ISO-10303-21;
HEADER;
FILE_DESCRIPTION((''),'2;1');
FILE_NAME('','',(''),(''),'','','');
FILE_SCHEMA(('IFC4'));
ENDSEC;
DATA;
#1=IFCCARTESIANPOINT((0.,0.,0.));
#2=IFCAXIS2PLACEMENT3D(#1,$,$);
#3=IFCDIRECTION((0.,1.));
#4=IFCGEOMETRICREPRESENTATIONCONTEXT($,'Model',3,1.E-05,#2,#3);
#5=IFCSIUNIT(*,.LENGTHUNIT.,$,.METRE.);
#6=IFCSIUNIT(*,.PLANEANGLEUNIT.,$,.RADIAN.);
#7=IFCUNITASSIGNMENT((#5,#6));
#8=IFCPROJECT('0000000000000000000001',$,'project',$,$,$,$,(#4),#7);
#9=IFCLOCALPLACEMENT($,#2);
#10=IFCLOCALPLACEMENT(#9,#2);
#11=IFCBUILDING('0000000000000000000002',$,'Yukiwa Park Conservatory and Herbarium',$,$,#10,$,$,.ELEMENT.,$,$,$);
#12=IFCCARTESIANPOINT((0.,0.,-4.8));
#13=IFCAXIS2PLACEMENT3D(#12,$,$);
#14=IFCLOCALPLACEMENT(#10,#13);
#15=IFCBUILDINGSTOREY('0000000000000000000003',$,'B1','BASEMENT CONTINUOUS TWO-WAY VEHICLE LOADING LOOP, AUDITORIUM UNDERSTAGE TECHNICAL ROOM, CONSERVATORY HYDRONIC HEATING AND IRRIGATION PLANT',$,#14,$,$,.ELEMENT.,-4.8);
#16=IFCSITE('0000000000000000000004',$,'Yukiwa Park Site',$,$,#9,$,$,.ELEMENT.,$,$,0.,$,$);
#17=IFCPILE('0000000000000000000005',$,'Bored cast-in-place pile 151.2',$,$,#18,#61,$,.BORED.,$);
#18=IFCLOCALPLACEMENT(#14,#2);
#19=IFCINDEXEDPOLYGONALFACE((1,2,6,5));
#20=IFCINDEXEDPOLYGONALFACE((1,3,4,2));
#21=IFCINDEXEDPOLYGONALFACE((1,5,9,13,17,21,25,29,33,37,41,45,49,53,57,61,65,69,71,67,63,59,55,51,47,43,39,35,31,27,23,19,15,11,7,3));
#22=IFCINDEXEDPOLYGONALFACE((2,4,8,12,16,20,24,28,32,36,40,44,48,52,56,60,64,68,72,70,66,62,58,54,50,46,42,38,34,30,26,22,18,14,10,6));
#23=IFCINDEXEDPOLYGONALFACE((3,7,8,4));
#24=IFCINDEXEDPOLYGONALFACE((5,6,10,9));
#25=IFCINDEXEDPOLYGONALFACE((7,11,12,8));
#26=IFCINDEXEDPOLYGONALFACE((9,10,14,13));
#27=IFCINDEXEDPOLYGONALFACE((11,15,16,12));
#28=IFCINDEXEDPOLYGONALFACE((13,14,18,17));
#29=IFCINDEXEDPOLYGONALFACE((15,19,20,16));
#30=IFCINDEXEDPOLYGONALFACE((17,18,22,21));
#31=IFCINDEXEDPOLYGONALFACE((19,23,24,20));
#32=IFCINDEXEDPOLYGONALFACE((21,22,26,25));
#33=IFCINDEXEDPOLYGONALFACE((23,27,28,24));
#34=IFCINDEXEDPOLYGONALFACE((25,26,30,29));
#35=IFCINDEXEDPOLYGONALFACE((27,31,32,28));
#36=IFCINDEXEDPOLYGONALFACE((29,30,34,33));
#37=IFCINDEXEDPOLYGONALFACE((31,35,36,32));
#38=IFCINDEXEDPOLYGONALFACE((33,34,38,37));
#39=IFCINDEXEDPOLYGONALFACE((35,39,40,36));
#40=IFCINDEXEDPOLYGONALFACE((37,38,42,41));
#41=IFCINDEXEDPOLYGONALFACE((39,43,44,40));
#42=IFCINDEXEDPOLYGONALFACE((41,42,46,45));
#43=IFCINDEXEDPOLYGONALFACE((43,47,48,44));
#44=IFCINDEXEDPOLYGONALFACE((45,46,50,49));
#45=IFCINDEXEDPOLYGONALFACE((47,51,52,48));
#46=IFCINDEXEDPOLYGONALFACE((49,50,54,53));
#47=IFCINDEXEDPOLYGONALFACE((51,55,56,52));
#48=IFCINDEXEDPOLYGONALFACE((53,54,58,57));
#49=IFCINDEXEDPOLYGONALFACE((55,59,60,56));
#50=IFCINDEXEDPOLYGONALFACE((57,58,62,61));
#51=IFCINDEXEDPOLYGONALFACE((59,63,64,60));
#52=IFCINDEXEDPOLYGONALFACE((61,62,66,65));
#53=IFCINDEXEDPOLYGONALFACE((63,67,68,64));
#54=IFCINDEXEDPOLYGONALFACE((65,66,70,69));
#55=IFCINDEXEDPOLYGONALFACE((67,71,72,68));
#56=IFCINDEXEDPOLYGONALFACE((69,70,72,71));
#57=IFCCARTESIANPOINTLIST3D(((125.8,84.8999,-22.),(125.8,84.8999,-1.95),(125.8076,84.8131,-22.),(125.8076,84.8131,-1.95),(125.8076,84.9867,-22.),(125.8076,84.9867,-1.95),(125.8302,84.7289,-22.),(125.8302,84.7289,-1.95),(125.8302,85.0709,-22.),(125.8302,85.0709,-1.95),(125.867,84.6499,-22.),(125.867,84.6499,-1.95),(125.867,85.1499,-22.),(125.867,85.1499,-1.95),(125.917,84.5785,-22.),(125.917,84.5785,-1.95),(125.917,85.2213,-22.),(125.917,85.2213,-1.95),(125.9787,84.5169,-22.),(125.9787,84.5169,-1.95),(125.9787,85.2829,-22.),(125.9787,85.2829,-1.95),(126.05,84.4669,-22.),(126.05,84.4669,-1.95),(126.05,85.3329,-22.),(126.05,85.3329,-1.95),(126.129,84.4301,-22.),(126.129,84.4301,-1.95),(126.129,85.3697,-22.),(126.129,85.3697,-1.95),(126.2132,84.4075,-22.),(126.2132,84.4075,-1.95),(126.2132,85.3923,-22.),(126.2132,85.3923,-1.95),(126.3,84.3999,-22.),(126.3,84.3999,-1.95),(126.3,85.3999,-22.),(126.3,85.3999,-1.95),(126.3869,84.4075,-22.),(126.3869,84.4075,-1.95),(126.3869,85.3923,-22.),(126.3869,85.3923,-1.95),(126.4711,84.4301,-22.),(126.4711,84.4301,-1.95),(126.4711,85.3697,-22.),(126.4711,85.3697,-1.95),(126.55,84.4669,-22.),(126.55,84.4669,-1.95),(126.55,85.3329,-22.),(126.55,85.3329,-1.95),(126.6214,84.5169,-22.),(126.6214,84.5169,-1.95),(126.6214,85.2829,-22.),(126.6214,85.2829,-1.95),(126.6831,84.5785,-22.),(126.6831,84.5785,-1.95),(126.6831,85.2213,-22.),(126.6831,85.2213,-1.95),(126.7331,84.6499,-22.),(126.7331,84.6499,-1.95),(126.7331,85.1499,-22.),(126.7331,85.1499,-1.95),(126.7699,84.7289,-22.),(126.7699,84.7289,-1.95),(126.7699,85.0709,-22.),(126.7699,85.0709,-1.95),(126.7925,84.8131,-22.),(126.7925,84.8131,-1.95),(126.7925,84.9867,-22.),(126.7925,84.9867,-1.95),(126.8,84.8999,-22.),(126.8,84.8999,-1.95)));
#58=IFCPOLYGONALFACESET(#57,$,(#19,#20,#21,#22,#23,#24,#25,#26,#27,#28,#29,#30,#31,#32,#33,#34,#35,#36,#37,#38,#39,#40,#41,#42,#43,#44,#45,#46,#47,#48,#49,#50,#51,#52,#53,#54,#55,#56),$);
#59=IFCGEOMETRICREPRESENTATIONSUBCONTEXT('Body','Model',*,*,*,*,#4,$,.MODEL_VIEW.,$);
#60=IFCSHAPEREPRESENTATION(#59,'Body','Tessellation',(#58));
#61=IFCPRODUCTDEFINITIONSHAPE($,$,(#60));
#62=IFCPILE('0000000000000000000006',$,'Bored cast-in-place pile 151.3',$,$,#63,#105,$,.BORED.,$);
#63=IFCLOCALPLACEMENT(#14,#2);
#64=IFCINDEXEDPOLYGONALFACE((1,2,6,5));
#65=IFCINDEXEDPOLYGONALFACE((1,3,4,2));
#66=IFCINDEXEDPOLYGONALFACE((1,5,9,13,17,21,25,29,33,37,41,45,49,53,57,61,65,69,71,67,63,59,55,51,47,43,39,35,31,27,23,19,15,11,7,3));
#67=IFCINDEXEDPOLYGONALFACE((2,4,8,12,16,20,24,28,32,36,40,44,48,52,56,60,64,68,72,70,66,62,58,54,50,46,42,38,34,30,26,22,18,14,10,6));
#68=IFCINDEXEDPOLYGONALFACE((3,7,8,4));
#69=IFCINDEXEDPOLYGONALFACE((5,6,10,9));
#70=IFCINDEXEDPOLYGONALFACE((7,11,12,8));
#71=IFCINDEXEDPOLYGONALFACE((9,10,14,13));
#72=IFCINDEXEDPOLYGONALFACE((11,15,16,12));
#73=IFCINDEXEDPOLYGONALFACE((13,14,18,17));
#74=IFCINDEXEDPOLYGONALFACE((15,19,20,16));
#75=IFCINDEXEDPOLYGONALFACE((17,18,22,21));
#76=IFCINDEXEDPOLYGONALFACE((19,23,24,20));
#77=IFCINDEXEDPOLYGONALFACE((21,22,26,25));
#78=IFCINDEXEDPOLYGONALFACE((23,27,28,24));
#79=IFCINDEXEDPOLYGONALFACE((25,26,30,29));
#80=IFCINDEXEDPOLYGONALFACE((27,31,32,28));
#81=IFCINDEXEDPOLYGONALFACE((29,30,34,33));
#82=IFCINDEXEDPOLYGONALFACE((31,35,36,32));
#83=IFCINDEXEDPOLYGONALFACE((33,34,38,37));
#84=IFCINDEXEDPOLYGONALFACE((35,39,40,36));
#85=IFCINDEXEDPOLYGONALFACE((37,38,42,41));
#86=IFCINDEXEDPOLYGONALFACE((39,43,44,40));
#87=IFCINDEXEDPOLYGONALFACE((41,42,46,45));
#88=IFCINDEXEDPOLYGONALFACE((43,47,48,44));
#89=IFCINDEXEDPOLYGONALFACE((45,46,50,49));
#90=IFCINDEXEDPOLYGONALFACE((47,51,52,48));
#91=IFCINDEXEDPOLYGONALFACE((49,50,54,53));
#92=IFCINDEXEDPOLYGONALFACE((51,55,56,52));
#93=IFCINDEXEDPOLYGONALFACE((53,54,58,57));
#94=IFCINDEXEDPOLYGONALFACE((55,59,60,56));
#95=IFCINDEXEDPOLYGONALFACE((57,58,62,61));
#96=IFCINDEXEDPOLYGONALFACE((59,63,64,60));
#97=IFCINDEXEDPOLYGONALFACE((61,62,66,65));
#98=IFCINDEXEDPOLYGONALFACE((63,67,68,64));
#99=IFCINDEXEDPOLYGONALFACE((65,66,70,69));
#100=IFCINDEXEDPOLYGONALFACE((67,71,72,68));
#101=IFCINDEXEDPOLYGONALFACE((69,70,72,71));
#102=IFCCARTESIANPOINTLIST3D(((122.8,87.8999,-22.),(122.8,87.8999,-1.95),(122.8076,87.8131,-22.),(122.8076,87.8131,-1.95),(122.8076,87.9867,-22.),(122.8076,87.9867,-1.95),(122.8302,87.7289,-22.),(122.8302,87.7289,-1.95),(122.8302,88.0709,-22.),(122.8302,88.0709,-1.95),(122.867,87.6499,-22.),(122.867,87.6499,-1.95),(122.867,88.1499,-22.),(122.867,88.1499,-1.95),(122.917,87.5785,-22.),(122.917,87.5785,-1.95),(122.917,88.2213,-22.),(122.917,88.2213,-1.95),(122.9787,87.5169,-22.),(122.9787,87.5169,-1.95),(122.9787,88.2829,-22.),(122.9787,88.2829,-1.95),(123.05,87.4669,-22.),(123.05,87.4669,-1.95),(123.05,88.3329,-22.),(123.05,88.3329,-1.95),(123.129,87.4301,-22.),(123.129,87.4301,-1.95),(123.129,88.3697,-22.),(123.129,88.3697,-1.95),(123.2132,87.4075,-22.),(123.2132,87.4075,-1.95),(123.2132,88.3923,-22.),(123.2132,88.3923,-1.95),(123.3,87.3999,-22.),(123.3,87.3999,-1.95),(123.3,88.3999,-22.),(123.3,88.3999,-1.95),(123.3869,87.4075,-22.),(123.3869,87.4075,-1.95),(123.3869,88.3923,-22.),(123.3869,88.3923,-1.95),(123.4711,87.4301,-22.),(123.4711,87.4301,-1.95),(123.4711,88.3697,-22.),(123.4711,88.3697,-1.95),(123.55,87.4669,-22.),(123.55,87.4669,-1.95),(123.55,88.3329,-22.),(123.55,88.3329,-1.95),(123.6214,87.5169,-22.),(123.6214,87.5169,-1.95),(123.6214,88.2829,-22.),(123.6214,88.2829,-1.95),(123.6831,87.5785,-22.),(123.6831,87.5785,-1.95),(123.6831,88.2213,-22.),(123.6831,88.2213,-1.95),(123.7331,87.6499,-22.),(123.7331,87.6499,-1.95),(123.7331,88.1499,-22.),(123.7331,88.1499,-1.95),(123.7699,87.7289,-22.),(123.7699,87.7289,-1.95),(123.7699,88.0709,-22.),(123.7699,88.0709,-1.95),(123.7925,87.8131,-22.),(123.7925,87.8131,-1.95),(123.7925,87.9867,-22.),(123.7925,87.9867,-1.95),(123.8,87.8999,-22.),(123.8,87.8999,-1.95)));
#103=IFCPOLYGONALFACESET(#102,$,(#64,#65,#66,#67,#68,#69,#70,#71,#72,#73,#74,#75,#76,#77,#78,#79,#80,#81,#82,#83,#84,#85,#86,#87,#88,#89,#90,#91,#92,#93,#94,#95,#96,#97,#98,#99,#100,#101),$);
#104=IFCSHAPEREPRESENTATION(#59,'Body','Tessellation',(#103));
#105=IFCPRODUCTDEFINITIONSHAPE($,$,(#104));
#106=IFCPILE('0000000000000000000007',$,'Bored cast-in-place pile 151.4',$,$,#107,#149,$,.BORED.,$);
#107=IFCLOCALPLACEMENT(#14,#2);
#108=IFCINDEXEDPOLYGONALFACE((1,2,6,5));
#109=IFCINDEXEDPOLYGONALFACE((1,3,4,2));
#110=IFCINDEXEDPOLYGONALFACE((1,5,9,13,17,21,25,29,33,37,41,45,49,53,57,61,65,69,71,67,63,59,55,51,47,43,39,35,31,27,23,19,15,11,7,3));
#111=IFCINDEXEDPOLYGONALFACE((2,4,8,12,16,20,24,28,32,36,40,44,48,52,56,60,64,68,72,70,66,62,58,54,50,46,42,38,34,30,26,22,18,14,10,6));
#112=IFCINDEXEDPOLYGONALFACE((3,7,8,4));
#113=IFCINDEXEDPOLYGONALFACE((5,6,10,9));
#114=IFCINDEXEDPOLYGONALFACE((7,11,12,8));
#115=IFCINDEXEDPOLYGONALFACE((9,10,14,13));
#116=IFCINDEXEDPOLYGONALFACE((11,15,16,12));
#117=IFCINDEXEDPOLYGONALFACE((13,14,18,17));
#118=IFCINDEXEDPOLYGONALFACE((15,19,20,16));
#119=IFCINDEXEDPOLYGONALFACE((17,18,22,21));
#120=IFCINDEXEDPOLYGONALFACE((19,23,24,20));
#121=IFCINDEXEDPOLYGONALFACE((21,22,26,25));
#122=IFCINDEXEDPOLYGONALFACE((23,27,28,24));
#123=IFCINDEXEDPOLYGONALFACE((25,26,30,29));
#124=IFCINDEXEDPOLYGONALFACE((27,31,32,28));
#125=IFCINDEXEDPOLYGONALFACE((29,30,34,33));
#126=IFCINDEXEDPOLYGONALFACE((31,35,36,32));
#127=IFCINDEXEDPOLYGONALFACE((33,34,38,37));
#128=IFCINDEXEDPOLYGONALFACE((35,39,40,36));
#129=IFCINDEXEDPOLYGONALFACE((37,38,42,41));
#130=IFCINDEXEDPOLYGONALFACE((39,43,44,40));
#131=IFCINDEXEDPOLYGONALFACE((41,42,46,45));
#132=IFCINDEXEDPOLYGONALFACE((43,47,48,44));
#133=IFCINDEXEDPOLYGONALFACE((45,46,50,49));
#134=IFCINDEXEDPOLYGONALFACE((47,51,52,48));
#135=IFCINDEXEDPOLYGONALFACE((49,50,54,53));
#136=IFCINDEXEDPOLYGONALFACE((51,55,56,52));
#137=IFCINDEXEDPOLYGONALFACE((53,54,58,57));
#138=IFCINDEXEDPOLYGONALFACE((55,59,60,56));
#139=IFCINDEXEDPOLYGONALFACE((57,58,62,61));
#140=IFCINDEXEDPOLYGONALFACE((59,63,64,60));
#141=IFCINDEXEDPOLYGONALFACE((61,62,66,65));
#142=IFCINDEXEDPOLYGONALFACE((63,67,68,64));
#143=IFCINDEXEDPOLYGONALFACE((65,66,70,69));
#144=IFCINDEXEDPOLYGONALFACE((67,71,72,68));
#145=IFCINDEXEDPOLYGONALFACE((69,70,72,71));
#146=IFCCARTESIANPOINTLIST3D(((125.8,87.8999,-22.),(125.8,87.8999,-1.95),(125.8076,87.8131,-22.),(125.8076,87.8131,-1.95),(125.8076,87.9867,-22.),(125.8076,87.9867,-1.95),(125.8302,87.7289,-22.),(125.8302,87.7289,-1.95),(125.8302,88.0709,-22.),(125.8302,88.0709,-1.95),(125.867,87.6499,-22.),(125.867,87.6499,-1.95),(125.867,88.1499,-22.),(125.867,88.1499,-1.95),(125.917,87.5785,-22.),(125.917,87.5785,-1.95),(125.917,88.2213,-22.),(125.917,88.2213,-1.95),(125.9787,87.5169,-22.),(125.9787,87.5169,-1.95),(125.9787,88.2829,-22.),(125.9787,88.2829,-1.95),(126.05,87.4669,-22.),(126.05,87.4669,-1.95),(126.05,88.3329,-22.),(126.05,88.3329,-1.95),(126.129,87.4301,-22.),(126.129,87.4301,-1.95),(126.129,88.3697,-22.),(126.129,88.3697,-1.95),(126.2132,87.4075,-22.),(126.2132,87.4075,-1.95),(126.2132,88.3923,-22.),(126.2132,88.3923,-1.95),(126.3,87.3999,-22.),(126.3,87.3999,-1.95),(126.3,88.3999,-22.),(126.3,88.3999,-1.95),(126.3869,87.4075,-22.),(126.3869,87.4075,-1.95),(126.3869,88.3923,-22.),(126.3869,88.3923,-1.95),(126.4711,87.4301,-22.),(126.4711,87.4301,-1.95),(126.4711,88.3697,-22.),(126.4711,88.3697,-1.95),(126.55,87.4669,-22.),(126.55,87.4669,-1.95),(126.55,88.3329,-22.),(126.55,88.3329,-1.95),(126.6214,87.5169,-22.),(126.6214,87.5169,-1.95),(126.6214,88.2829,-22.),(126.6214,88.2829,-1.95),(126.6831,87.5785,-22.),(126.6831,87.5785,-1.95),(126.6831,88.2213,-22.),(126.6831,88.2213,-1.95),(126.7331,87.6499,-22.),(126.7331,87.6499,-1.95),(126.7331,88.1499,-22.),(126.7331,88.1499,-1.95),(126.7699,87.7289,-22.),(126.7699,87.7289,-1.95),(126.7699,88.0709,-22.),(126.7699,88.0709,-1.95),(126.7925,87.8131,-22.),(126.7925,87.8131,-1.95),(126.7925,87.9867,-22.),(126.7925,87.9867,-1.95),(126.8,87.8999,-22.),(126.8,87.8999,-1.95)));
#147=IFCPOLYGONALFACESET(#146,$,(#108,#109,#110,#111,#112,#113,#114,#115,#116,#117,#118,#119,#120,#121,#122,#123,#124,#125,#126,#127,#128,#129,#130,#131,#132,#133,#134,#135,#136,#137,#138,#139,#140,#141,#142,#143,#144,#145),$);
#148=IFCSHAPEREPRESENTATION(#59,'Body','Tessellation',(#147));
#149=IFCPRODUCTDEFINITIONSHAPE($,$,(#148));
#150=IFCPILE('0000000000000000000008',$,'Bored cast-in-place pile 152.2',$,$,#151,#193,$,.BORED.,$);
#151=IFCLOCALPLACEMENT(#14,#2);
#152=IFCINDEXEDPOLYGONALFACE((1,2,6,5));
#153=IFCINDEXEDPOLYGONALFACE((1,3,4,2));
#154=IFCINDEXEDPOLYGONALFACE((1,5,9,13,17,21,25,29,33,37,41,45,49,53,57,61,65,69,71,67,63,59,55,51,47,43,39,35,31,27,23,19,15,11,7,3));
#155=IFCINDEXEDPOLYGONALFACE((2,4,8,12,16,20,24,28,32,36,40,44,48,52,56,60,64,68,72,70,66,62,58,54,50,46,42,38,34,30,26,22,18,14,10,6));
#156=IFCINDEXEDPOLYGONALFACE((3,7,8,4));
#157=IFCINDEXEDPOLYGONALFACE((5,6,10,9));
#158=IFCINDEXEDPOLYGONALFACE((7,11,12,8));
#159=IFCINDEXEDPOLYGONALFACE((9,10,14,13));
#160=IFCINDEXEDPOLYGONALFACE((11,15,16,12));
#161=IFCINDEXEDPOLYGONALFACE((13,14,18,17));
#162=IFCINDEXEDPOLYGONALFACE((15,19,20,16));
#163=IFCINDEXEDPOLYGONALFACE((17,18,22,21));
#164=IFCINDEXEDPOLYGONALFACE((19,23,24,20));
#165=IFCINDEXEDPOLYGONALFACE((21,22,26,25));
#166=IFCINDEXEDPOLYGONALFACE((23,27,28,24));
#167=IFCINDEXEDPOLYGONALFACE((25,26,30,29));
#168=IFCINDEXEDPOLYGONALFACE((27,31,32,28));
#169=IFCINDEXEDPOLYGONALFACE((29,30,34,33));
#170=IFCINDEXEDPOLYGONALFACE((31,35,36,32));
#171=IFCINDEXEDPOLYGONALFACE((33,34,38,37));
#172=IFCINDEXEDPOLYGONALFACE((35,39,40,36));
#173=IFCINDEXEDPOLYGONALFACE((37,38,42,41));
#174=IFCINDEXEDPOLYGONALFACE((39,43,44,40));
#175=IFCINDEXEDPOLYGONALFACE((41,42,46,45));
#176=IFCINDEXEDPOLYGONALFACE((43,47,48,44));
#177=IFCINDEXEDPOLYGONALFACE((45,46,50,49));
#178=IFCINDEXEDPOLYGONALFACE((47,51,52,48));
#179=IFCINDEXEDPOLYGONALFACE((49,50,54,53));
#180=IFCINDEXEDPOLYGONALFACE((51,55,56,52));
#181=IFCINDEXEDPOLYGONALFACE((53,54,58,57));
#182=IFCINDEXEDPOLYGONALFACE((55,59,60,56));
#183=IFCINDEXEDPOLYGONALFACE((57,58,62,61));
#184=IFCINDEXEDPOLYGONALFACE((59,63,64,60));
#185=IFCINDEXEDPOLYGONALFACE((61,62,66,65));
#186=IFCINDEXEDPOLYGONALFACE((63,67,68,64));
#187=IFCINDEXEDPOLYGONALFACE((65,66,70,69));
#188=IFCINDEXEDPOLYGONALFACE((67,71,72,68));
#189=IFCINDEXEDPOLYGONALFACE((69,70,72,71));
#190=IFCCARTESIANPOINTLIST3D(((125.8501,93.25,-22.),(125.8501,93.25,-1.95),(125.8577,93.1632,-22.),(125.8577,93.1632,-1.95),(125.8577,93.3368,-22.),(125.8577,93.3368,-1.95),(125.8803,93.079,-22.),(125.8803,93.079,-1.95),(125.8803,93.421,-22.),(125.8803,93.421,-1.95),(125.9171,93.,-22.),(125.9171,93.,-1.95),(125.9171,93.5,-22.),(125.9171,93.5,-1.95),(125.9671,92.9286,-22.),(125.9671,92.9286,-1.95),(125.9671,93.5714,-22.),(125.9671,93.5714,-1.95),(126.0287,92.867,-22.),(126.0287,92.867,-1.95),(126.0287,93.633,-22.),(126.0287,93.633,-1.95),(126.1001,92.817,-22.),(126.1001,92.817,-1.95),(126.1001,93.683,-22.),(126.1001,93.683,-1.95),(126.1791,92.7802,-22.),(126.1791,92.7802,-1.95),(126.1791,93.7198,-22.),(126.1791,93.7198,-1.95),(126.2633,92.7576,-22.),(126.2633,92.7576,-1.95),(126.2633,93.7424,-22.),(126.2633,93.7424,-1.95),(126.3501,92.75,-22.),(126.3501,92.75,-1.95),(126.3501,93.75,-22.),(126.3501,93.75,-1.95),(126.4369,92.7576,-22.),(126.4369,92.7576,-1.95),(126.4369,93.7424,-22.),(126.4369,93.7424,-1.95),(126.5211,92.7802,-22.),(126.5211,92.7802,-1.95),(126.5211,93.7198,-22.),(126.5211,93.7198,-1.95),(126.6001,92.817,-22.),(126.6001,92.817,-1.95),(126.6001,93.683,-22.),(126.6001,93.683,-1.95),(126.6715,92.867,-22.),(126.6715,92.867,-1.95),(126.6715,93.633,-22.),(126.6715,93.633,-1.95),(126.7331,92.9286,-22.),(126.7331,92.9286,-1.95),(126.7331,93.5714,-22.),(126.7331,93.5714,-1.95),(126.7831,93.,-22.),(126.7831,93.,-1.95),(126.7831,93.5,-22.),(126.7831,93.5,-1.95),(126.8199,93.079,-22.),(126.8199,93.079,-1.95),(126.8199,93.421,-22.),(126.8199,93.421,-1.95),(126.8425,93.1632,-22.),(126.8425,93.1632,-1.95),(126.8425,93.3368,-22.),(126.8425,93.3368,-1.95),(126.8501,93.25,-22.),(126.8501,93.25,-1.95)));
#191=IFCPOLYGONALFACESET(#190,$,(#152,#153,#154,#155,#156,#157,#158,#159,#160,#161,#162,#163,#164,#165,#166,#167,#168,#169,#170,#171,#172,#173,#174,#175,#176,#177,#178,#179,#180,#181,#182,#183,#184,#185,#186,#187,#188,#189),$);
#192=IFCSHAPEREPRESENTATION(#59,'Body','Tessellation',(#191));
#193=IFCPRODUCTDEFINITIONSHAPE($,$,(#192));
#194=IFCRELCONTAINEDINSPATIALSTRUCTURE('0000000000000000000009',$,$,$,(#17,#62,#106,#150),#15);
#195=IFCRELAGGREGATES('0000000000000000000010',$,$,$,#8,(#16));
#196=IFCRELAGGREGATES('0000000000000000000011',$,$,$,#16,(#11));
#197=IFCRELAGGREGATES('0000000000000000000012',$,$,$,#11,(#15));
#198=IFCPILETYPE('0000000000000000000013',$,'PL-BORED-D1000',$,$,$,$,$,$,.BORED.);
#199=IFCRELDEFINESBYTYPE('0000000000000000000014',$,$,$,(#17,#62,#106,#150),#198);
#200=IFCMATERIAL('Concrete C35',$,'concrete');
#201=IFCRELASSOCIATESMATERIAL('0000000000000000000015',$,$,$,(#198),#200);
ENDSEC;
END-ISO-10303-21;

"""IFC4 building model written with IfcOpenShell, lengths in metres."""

from ifc_helpers import new_model, si_unit, direction, frame, origin, origin_2d, place, context, subcontext, project, spatial, circle, extrude, material, material_profile, profile_set, type_object, element, save


model = new_model("IFC4")

# Units and contexts
model_context = context("Model", 3, precision=1e-05, world=origin(), true_north=direction((0.0, 1.0)))
body_context = subcontext(model_context, "Body", "Model", "MODEL_VIEW")
ifc_project = project(units=[si_unit("LENGTHUNIT", "METRE"), si_unit("PLANEANGLEUNIT", "RADIAN")], contexts=[model_context])

# Site, building, storey
site_placement = place(None, origin())
site = spatial("IfcSite", under=ifc_project, at=site_placement, Name="Yukiwa Park Site", CompositionType="ELEMENT", RefElevation=0.0)
building_placement = place(site_placement, origin())
building = spatial("IfcBuilding", under=site, at=building_placement, Name="Yukiwa Park Conservatory and Herbarium", CompositionType="ELEMENT")
storey_placement = place(building_placement, frame((0.0, 0.0, -4.8)))
storey = spatial("IfcBuildingStorey", under=building, at=storey_placement, Name="B1", Description="BASEMENT CONTINUOUS TWO-WAY VEHICLE LOADING LOOP, AUDITORIUM UNDERSTAGE TECHNICAL ROOM, CONSERVATORY HYDRONIC HEATING AND IRRIGATION PLANT", CompositionType="ELEMENT", Elevation=-4.8)

# Piles
ifc_material_1 = material(Name="Concrete C35", Category="concrete")
ifc_material_profile_1 = material_profile(ifc_material_1, circle(Radius=0.5, at=origin_2d()), Name="PILE D1000")
ifc_profile_set_1 = profile_set([ifc_material_profile_1], Name="Concrete C35")
pile_type_1 = type_object("IfcPileType", Name="PL-BORED-D1000", PredefinedType="BORED", material=ifc_profile_set_1)
for number, where, z_axis, x_axis, name in (
    (1, (126.3, 84.8999, -1.95), (0.0, 0.0, -1.0), (1.0, 0.0, 0.0), "Bored cast-in-place pile 151.2"),
    (2, (123.3, 87.8999, -1.95), (0.0, 0.0, -1.0), (1.0, 0.0, 0.0), "Bored cast-in-place pile 151.3"),
    (3, (126.3, 87.8999, -1.95), (0.0, 0.0, -1.0), (1.0, 0.0, 0.0), "Bored cast-in-place pile 151.4"),
    (4, (126.3501, 93.25, -1.95), (0.0, 0.0, -1.0), (1.0, 0.0, 0.0), "Bored cast-in-place pile 152.2"),
):
    element("IfcPile", number, at=place(storey_placement, frame(where, z_axis=z_axis, x_axis=x_axis)), inside=storey, type_object=pile_type_1, Name=name, PredefinedType="BORED", context=body_context, shape_type="SweptSolid", body=[
        extrude(circle(Radius=0.5, at=origin_2d()), origin(), (0.0, 0.0, 1.0), 20.05),
    ])

save(model, "model.ifc")
